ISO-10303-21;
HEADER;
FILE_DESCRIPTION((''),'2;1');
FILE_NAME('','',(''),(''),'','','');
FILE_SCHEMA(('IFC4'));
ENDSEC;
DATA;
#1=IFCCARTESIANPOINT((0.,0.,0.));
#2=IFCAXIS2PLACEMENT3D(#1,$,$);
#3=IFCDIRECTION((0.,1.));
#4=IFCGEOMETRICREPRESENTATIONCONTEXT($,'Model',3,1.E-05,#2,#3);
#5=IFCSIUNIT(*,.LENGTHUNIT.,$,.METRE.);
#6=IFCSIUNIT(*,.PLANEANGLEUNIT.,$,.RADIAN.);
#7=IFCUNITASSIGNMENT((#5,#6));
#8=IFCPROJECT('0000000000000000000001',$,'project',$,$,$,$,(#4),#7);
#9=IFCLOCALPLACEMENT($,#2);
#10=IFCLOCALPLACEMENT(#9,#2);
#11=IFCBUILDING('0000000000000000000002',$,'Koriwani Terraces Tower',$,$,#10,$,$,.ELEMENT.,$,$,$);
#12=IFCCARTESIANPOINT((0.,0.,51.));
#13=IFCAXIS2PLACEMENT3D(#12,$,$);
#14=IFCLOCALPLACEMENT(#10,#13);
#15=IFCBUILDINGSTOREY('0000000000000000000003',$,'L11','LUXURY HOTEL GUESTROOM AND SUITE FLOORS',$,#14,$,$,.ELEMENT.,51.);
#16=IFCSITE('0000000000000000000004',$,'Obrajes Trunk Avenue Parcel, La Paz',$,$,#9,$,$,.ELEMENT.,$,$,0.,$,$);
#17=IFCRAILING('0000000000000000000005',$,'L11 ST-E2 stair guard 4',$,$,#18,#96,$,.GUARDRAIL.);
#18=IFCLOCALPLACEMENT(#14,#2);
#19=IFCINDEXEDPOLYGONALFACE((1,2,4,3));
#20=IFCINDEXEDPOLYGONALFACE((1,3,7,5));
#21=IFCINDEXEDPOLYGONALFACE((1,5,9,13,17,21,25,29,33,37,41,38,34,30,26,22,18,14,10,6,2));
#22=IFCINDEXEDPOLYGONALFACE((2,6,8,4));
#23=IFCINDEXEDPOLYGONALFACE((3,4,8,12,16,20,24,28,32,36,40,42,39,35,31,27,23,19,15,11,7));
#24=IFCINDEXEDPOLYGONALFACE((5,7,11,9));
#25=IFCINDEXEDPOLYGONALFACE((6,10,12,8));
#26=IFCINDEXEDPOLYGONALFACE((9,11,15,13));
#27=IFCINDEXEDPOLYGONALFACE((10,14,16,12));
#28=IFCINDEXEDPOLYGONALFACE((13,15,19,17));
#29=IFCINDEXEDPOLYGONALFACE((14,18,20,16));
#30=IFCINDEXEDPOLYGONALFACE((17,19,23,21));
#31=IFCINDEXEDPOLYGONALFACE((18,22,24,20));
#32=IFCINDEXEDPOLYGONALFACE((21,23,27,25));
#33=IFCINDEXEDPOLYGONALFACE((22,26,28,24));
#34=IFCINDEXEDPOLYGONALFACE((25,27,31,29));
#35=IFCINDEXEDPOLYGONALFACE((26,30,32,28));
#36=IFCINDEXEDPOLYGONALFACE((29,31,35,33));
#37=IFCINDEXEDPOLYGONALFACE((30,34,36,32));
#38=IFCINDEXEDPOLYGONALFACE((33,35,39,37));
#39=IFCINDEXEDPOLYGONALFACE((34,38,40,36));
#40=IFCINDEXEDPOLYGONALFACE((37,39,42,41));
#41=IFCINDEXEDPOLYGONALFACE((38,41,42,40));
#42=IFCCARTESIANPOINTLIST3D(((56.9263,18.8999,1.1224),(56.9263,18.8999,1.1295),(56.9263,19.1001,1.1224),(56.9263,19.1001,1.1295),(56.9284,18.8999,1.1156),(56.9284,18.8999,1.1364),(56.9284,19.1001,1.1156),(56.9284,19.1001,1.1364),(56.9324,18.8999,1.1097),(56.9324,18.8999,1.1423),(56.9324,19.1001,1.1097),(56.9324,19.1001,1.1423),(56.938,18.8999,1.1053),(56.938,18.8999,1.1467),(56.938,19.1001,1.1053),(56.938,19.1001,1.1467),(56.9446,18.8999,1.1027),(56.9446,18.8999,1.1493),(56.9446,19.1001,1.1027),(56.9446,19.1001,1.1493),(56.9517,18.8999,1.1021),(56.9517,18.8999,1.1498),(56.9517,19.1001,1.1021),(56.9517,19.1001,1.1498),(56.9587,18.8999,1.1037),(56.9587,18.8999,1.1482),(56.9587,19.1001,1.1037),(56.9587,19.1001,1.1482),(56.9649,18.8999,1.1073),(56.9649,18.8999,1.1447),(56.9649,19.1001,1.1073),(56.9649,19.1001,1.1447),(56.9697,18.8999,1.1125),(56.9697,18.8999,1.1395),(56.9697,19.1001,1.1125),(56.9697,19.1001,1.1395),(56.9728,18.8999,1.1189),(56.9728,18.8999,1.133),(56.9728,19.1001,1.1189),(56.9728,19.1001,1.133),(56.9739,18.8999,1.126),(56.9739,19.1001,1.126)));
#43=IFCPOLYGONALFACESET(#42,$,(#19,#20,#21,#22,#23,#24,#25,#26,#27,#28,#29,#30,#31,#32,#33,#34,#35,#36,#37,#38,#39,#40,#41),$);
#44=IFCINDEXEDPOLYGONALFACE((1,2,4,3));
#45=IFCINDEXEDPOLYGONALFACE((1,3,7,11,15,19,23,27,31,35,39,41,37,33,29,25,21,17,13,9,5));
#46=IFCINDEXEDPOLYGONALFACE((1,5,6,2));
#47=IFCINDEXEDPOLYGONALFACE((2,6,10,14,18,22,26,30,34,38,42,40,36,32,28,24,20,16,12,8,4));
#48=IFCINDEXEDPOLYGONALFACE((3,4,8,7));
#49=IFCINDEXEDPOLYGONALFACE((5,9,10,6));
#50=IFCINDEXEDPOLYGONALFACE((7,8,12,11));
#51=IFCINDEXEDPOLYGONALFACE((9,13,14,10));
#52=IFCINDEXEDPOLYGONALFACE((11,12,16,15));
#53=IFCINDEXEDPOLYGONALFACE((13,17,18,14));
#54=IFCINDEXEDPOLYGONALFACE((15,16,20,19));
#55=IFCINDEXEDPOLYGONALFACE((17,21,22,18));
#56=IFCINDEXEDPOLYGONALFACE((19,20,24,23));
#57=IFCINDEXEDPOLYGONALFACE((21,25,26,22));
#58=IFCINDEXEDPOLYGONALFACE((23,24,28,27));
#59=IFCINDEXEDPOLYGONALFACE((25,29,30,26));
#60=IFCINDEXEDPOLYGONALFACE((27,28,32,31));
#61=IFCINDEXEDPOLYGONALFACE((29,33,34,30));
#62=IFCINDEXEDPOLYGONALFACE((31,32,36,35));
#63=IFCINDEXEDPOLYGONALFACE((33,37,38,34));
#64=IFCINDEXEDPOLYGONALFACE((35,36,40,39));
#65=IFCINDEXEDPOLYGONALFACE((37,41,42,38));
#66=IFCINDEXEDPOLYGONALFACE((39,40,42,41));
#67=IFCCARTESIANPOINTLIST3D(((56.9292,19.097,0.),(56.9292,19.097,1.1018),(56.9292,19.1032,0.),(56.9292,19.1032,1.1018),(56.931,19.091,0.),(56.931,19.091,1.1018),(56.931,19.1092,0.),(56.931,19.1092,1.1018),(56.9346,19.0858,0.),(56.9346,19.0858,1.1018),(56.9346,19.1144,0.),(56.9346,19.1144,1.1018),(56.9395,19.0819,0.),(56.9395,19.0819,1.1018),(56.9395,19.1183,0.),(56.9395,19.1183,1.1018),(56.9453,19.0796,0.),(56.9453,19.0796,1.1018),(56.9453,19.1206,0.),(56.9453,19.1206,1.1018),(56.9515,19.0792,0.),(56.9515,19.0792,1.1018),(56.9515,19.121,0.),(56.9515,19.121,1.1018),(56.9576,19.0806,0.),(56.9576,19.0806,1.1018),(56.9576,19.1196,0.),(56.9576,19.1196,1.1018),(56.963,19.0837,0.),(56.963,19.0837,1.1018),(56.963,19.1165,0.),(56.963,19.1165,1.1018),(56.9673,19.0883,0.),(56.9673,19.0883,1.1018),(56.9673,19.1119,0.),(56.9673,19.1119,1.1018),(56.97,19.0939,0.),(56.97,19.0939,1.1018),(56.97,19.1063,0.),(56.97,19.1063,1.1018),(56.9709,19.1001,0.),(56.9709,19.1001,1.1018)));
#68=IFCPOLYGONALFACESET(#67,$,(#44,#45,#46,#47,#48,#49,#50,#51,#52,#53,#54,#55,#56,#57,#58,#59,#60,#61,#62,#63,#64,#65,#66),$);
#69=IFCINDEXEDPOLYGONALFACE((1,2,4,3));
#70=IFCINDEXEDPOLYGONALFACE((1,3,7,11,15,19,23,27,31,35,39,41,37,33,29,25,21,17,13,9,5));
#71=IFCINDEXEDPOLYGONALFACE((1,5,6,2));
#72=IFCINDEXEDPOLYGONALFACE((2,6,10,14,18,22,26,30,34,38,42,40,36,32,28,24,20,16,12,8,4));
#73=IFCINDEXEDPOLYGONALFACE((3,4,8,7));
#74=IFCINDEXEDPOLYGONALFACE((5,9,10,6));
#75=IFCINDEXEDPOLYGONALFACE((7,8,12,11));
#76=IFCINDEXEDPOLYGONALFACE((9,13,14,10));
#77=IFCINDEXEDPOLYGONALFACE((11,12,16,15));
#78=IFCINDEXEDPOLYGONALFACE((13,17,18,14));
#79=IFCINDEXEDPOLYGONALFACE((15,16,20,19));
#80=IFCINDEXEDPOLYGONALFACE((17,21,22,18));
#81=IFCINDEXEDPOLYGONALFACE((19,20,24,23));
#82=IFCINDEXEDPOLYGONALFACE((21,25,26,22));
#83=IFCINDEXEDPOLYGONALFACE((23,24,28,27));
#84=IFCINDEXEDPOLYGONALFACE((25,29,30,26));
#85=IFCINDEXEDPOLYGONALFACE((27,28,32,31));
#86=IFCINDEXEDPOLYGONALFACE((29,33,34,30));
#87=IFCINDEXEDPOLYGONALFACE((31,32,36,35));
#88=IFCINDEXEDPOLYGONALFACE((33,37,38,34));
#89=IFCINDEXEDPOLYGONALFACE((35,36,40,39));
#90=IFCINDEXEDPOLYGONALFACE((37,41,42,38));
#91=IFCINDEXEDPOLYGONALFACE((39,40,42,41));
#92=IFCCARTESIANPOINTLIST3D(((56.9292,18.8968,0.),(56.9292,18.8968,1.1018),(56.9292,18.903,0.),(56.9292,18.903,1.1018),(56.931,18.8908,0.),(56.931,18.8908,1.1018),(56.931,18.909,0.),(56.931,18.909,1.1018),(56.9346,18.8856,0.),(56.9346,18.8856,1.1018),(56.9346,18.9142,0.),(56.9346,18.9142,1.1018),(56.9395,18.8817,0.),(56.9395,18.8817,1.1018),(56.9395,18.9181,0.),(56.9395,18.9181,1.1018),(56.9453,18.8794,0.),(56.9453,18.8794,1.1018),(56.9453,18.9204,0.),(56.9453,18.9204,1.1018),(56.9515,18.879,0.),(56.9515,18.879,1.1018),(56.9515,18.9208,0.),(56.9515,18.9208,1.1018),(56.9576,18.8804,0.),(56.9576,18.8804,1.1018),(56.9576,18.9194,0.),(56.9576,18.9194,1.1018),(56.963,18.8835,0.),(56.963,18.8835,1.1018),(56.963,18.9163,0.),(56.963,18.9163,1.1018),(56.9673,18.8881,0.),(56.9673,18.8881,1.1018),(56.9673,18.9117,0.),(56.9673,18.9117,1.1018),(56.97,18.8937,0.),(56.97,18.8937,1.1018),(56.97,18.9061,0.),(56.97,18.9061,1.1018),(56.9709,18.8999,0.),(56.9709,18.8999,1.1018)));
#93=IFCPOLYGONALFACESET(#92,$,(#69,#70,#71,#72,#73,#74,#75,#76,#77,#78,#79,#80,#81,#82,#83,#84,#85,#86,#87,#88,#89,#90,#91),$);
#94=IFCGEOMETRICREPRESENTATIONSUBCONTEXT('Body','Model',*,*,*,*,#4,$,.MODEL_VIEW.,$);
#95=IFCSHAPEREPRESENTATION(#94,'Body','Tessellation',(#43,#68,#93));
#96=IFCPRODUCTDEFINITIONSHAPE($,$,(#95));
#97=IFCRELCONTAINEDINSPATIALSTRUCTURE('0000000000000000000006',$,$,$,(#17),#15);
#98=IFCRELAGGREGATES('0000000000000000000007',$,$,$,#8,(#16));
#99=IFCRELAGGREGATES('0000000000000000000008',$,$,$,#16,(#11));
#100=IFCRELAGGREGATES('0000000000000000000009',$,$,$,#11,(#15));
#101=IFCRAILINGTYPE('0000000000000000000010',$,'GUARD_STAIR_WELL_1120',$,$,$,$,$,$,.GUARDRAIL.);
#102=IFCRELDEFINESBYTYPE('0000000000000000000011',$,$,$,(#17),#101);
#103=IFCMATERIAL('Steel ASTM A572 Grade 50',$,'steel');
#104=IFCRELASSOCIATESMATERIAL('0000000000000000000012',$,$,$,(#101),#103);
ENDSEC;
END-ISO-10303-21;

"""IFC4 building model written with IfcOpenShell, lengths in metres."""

from ifc_helpers import new_model, si_unit, direction, frame, origin, origin_2d, place, context, subcontext, project, spatial, circle, extrude, material, type_object, element, save


model = new_model("IFC4")

# Units and contexts
model_context = context("Model", 3, precision=1e-05, world=origin(), true_north=direction((0.0, 1.0)))
body_context = subcontext(model_context, "Body", "Model", "MODEL_VIEW")
ifc_project = project(units=[si_unit("LENGTHUNIT", "METRE"), si_unit("PLANEANGLEUNIT", "RADIAN")], contexts=[model_context])

# Site, building, storey
site_placement = place(None, origin())
site = spatial("IfcSite", under=ifc_project, at=site_placement, Name="Obrajes Trunk Avenue Parcel, La Paz", CompositionType="ELEMENT", RefElevation=0.0)
building_placement = place(site_placement, origin())
building = spatial("IfcBuilding", under=site, at=building_placement, Name="Koriwani Terraces Tower", CompositionType="ELEMENT")
storey_placement = place(building_placement, frame((0.0, 0.0, 51.0)))
storey = spatial("IfcBuildingStorey", under=building, at=storey_placement, Name="L11", Description="LUXURY HOTEL GUESTROOM AND SUITE FLOORS", CompositionType="ELEMENT", Elevation=51.0)

# Shared definitions
ifc_material_1 = material(Name="Steel ASTM A572 Grade 50", Category="steel")

# Railing
railing_type_1 = type_object("IfcRailingType", Name="GUARD_STAIR_WELL_1120", PredefinedType="GUARDRAIL", material=ifc_material_1)
railing_1_placement = place(storey_placement, frame((56.95, 19.1001, 0.0)))
element("IfcRailing", 1, at=railing_1_placement, inside=storey, type_object=railing_type_1, Name="L11 ST-E2 stair guard 4", PredefinedType="GUARDRAIL", context=body_context, shape_type="SweptSolid", body=[
    extrude(circle(Radius=0.0239, at=origin_2d()), frame((0.0, 0.0, 1.126), z_axis=(0.0, -1.0, 0.0), x_axis=(1.0, 0.0, 0.0)), (0.0, 0.0, 1.0), 0.2002),
    extrude(circle(Radius=0.021, at=origin_2d()), origin(), (0.0, 0.0, 1.0), 1.1018),
    extrude(circle(Radius=0.021, at=origin_2d()), frame((0.0, -0.2002, 0.0)), (0.0, 0.0, 1.0), 1.1018),
])

save(model, "model.ifc")
